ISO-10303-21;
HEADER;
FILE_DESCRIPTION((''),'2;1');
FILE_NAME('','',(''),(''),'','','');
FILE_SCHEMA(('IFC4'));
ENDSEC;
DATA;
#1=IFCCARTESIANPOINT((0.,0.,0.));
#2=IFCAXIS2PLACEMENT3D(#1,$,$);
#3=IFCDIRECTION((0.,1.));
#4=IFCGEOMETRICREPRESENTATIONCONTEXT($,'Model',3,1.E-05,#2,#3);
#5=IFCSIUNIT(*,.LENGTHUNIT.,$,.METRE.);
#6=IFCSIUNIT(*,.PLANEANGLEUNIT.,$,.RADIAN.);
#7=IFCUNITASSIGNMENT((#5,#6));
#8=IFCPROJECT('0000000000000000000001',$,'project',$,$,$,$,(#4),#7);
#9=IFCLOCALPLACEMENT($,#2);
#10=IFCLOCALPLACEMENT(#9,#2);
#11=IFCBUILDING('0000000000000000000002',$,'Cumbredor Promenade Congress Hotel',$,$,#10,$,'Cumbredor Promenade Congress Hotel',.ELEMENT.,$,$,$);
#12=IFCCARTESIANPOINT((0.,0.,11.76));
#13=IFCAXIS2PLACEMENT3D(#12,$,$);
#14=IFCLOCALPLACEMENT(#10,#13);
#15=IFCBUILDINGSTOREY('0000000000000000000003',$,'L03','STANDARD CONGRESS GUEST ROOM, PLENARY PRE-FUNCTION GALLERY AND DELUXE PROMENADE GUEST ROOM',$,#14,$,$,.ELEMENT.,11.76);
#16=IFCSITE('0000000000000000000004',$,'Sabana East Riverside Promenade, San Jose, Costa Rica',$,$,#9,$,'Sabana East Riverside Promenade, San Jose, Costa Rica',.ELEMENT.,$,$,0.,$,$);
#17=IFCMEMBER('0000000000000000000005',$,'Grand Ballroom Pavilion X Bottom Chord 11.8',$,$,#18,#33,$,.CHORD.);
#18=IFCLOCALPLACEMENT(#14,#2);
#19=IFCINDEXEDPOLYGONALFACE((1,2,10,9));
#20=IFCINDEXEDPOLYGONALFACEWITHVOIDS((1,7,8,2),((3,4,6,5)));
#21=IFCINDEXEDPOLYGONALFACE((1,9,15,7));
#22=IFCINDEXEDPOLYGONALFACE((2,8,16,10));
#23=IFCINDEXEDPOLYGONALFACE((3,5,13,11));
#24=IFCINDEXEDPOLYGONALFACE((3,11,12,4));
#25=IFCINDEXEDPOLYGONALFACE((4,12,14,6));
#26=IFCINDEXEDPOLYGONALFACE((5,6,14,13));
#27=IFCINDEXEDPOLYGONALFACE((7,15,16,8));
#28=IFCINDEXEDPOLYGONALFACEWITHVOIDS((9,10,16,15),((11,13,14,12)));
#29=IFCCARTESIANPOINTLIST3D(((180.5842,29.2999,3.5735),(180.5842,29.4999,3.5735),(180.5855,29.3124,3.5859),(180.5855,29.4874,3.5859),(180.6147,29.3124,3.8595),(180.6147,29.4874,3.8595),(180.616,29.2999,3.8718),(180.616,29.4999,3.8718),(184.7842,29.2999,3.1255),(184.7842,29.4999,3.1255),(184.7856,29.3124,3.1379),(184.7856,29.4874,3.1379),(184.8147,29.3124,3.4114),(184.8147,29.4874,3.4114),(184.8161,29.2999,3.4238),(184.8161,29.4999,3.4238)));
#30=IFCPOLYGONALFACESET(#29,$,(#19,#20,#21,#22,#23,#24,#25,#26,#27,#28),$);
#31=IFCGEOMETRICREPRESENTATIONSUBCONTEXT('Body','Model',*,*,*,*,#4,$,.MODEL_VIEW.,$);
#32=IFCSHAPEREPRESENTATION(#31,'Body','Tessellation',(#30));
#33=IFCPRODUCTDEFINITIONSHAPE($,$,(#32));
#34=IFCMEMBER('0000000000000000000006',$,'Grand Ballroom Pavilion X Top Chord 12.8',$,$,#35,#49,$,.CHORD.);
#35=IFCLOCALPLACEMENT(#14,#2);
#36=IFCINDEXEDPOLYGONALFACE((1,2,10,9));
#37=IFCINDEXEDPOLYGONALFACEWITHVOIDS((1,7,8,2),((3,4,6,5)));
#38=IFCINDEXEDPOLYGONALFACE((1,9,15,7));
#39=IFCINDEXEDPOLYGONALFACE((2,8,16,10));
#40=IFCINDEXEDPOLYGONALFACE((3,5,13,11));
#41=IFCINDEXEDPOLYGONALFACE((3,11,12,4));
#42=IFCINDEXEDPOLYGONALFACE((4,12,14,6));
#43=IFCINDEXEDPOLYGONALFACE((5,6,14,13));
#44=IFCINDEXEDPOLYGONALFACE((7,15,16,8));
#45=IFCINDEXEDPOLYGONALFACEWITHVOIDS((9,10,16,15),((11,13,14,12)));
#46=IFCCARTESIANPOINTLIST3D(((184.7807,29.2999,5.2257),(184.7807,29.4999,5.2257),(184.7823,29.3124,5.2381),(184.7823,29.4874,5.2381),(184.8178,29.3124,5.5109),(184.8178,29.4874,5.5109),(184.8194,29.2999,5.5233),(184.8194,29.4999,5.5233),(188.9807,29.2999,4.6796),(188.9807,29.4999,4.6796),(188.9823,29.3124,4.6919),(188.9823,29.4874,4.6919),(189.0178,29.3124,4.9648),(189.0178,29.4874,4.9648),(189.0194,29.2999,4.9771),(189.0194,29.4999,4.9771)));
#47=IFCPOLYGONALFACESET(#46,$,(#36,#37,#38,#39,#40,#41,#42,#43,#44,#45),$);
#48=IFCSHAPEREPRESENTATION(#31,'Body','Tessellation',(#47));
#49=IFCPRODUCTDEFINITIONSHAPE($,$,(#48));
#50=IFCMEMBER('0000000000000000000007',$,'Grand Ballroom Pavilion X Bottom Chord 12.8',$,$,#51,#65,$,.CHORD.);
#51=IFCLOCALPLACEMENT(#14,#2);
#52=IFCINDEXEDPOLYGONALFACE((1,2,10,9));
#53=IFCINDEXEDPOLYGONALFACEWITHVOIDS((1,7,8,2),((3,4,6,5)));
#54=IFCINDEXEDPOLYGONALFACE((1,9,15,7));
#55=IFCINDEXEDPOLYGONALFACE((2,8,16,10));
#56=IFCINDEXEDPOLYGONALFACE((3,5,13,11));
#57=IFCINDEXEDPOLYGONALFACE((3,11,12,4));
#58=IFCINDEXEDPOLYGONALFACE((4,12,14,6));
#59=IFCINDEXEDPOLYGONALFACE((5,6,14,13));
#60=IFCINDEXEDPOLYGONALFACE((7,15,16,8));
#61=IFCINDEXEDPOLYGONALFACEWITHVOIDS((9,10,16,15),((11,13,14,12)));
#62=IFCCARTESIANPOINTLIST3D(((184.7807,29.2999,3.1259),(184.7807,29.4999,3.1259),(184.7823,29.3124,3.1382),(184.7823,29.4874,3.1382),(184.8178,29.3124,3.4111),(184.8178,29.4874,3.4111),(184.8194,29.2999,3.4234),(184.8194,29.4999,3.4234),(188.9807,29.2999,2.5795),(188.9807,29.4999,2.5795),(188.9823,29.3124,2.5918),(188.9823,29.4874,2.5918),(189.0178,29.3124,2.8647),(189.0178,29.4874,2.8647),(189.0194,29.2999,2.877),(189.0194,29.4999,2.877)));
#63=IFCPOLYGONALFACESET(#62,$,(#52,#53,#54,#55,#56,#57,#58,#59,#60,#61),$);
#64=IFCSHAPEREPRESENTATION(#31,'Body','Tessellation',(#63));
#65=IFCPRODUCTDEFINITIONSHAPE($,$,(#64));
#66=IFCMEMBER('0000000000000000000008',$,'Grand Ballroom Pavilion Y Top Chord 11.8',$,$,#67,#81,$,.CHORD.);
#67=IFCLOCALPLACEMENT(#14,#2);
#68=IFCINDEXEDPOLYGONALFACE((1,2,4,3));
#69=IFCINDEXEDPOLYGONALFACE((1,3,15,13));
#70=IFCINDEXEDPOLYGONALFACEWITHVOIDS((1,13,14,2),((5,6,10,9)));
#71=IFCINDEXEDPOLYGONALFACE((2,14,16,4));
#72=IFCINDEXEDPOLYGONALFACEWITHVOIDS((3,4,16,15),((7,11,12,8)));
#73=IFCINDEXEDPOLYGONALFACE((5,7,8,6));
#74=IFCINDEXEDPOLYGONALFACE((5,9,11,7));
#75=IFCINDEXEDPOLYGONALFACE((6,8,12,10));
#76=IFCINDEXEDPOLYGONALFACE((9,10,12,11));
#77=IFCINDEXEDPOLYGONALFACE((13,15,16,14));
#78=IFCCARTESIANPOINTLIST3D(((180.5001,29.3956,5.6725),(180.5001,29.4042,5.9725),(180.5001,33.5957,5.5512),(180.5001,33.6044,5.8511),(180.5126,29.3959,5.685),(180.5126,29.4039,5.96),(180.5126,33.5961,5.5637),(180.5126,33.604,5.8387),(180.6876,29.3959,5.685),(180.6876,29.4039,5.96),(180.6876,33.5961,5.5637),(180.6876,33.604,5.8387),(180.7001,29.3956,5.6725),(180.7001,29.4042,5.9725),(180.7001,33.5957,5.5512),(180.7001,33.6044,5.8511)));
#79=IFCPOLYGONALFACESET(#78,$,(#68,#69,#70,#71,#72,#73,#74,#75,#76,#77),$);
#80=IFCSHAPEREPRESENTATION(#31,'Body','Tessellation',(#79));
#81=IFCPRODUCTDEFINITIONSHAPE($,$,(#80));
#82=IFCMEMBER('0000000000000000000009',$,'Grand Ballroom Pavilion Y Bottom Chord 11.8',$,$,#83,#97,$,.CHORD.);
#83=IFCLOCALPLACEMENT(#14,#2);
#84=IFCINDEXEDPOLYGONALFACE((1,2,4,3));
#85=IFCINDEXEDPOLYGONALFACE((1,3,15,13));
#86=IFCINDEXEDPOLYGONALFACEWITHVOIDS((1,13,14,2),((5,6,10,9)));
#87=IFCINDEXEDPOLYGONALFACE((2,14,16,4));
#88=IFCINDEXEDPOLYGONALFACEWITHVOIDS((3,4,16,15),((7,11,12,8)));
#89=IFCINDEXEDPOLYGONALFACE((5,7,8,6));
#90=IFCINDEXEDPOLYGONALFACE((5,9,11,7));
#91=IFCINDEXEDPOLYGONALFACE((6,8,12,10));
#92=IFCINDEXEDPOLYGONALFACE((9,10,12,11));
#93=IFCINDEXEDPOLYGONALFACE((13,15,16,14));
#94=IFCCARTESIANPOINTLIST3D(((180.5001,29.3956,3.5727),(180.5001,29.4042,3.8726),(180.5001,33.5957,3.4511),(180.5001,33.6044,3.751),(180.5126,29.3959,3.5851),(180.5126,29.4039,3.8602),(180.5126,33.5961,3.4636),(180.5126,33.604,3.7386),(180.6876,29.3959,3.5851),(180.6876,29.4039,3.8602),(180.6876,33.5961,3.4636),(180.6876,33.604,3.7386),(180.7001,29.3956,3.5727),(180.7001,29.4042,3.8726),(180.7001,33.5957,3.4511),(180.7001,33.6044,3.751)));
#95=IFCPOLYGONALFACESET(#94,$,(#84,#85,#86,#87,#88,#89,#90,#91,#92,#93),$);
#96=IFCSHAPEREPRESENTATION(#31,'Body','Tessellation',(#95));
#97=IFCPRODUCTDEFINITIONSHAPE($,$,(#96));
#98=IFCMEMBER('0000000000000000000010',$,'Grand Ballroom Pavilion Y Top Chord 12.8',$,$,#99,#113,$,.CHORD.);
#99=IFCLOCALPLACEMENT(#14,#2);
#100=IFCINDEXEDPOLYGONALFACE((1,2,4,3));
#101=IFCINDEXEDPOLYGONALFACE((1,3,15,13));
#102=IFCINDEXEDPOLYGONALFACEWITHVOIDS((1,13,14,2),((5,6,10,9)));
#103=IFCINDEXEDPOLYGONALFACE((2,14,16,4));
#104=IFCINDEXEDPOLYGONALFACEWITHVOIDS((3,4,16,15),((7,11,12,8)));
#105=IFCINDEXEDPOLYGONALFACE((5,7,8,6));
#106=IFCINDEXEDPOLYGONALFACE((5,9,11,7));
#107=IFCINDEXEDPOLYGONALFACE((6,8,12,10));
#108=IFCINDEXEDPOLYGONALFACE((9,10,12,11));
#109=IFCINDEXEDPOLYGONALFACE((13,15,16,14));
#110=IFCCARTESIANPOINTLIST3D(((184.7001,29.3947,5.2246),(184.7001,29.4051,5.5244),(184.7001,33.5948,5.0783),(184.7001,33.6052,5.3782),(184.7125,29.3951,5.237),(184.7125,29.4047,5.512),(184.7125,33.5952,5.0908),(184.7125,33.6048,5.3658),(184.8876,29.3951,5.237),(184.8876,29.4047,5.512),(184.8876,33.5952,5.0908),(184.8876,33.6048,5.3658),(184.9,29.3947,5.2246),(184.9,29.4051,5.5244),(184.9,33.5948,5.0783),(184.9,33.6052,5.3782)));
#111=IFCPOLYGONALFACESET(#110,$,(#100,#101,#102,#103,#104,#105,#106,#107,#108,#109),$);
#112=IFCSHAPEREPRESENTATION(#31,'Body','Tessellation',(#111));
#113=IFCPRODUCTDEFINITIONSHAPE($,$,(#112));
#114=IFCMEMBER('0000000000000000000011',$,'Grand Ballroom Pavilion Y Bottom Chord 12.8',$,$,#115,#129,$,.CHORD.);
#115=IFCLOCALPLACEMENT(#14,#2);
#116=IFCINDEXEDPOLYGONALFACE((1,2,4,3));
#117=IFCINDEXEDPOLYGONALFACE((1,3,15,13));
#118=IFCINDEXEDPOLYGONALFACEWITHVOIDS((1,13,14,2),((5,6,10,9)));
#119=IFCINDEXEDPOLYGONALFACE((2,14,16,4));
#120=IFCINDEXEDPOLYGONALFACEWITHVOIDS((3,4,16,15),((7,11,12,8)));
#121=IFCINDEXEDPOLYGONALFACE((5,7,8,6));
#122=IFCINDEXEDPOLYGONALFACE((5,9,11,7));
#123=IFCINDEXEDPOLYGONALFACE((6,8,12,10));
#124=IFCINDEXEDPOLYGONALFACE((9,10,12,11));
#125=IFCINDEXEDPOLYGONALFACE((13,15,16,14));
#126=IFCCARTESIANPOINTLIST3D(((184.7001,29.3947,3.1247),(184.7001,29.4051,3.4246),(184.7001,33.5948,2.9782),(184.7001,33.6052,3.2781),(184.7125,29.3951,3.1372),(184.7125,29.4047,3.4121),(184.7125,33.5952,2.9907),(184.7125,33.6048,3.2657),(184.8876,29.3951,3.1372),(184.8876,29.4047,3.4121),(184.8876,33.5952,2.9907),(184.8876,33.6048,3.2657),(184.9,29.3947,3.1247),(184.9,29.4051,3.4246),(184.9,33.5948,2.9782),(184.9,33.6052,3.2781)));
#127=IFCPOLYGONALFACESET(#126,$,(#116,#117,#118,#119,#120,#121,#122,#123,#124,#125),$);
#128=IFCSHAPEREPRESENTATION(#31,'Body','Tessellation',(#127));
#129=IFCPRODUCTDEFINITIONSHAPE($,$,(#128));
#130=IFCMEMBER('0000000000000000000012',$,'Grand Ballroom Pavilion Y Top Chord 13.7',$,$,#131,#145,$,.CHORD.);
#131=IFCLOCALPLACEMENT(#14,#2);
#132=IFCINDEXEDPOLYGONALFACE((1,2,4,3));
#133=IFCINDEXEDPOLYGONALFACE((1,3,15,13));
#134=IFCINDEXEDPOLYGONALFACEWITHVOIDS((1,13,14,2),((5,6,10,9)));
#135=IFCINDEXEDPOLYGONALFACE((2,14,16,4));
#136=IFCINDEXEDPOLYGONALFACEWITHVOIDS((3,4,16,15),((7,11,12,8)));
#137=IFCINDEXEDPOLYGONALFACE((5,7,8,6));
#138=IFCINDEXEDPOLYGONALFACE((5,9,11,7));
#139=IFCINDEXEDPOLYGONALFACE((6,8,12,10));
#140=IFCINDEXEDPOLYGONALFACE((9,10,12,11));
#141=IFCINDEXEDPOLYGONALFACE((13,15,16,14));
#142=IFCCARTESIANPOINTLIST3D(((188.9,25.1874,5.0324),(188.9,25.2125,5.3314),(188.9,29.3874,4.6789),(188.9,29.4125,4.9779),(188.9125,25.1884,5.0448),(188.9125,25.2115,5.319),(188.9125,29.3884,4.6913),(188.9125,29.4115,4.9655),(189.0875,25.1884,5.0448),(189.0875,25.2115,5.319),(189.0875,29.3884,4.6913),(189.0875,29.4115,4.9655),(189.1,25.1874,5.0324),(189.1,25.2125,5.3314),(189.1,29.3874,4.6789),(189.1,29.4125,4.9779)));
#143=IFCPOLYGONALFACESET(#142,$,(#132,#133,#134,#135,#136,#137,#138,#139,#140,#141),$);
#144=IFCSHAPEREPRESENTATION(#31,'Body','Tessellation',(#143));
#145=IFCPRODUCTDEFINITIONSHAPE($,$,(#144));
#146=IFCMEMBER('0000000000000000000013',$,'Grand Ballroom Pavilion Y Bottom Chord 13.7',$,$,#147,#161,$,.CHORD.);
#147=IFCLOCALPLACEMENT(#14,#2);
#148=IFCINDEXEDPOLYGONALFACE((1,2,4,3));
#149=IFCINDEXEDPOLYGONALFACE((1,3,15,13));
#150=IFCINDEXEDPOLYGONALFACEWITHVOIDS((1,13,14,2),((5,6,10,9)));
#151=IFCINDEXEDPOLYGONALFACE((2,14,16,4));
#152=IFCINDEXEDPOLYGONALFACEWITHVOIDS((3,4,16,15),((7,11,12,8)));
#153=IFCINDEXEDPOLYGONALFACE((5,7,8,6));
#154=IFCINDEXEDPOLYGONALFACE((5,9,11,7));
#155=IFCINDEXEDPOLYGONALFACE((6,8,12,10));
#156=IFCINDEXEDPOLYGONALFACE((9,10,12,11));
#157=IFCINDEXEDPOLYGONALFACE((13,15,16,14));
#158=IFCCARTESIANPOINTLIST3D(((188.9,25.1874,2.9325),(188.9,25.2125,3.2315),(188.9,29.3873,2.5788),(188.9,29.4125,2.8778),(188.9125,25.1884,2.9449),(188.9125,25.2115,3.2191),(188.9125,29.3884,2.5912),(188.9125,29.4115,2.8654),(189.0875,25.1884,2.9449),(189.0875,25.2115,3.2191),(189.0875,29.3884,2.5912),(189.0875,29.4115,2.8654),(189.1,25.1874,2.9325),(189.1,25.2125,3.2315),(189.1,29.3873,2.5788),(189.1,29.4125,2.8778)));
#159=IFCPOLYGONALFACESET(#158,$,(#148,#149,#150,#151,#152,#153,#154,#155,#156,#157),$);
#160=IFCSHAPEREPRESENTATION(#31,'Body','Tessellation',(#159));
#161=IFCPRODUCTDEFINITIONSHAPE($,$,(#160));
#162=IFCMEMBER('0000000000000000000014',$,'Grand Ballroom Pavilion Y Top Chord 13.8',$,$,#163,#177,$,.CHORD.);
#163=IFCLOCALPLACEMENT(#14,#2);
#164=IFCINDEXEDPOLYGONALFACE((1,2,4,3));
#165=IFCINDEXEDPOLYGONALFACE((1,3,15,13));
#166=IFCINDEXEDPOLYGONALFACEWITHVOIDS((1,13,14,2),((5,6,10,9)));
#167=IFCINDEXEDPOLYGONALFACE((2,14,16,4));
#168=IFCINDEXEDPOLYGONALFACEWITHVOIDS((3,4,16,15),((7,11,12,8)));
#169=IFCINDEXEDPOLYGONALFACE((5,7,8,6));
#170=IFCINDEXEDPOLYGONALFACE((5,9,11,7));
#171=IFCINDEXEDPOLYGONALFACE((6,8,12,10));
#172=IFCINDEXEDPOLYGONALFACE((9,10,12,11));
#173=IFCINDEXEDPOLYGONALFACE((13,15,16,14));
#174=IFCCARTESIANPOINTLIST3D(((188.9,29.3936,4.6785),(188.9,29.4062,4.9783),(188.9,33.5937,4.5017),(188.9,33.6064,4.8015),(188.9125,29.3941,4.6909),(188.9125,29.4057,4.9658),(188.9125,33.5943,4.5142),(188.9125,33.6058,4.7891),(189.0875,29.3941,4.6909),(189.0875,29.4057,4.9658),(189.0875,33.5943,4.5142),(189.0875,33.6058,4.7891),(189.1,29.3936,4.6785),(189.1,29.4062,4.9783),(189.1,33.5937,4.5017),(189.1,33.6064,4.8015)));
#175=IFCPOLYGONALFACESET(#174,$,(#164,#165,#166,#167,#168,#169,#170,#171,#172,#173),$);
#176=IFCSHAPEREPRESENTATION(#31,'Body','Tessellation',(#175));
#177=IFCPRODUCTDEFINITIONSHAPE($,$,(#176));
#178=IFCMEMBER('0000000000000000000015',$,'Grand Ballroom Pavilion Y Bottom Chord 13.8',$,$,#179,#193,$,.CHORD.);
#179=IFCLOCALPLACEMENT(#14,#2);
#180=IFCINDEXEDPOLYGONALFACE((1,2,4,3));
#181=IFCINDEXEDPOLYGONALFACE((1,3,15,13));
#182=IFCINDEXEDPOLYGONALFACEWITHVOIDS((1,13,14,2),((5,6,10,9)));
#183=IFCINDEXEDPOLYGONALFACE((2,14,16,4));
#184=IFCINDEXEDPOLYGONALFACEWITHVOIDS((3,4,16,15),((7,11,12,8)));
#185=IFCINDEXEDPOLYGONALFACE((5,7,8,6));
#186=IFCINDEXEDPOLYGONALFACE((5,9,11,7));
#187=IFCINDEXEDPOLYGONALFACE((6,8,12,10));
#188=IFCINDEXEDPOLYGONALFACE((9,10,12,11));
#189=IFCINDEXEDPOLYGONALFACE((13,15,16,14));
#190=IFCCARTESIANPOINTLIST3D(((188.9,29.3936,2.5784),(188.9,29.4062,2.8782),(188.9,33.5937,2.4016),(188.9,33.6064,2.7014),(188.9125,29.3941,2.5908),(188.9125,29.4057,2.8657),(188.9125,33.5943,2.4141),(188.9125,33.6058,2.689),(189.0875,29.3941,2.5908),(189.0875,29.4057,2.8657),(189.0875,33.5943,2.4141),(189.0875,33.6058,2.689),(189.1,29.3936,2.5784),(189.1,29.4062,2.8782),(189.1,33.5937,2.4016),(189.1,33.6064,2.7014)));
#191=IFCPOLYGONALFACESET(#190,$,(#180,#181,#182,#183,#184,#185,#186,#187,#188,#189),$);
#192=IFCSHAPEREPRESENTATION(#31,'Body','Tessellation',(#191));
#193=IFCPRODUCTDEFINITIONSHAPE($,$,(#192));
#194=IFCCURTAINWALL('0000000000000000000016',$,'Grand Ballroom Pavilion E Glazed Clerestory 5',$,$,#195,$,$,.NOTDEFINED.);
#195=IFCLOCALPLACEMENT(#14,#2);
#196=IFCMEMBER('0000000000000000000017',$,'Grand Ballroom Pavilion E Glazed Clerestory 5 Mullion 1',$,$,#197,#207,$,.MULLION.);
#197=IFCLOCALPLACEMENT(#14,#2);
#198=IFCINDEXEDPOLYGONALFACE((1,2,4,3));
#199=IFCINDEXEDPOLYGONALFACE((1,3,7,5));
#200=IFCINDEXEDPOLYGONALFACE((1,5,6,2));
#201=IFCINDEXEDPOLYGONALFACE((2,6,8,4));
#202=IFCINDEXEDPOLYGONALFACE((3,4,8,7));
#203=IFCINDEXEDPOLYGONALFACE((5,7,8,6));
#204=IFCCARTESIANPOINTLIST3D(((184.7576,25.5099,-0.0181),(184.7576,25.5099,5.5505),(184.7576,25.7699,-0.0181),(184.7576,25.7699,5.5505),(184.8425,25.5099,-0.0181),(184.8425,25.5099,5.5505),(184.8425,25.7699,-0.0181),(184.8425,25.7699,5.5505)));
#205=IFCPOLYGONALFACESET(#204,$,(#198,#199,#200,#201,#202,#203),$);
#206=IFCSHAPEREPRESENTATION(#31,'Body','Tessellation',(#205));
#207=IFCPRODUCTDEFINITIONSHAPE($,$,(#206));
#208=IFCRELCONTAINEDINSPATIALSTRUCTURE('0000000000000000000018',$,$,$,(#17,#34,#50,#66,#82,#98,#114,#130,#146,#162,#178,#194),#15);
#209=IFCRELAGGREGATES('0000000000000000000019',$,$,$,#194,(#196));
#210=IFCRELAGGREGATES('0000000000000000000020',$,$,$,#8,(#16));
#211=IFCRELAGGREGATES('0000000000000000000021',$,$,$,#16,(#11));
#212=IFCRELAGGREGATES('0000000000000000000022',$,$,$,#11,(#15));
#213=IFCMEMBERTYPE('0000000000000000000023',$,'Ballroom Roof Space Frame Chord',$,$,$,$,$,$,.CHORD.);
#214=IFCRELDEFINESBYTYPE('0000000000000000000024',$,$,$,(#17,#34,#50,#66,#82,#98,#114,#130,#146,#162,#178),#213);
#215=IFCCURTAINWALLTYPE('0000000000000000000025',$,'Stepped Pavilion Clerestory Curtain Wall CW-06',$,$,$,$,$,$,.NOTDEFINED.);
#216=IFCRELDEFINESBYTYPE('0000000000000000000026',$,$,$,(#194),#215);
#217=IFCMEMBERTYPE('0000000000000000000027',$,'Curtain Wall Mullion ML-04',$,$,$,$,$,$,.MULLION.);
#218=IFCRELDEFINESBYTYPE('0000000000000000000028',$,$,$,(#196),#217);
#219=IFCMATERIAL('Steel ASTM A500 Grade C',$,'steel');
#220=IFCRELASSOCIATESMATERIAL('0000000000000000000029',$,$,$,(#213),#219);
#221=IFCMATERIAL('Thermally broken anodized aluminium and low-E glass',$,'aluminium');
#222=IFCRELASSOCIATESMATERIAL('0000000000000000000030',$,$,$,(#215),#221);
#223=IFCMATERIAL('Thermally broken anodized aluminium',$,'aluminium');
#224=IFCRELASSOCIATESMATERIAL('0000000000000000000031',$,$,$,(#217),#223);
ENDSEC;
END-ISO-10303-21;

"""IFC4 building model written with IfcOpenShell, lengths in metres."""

from ifc_helpers import new_model, si_unit, direction, frame, origin, origin_2d, place, context, subcontext, project, spatial, rectangle, hollow_rectangle, extrude, material, material_profile, profile_set, type_object, element, aggregate, save


model = new_model("IFC4")

# Units and contexts
model_context = context("Model", 3, precision=1e-05, world=origin(), true_north=direction((0.0, 1.0)))
body_context = subcontext(model_context, "Body", "Model", "MODEL_VIEW")
ifc_project = project(units=[si_unit("LENGTHUNIT", "METRE"), si_unit("PLANEANGLEUNIT", "RADIAN")], contexts=[model_context])

# Site, building, storey
site_placement = place(None, origin())
site = spatial("IfcSite", under=ifc_project, at=site_placement, Name="Sabana East Riverside Promenade, San Jose, Costa Rica", LongName="Sabana East Riverside Promenade, San Jose, Costa Rica", CompositionType="ELEMENT", RefElevation=0.0)
building_placement = place(site_placement, origin())
building = spatial("IfcBuilding", under=site, at=building_placement, Name="Cumbredor Promenade Congress Hotel", LongName="Cumbredor Promenade Congress Hotel", CompositionType="ELEMENT")
storey_placement = place(building_placement, frame((0.0, 0.0, 11.76)))
storey = spatial("IfcBuildingStorey", under=building, at=storey_placement, Name="L03", Description="STANDARD CONGRESS GUEST ROOM, PLENARY PRE-FUNCTION GALLERY AND DELUXE PROMENADE GUEST ROOM", CompositionType="ELEMENT", Elevation=11.76)

# Members
ifc_material_1 = material(Name="Steel ASTM A500 Grade C", Category="steel")
ifc_material_profile_1 = material_profile(ifc_material_1, hollow_rectangle(XDim=0.2, YDim=0.3, WallThickness=0.0125, at=origin_2d()), Name="HSS 300x200x12.5")
ifc_profile_set_1 = profile_set([ifc_material_profile_1], Name="Steel ASTM A500 Grade C")
member_type_1 = type_object("IfcMemberType", Name="Ballroom Roof Space Frame Chord", PredefinedType="CHORD", material=ifc_profile_set_1)
member_1_placement = place(storey_placement, frame((180.6001, 29.3999, 3.7227), z_axis=(0.994359, 0.0, -0.106066), x_axis=(0.0, 1.0, 0.0)))
element("IfcMember", 1, at=member_1_placement, inside=storey, type_object=member_type_1, Name="Grand Ballroom Pavilion X Bottom Chord 11.8", PredefinedType="CHORD", context=body_context, shape_type="SweptSolid", body=[
    extrude(hollow_rectangle(XDim=0.2, YDim=0.3, WallThickness=0.0125, at=origin_2d()), origin(), (0.0, 0.0, 1.0), 4.2239),
])
for number, where, z_axis, x_axis, name in (
    (2, (184.8, 29.3999, 5.3745), (0.991651, 0.0, -0.12895), (0.0, 1.0, 0.0), "Grand Ballroom Pavilion X Top Chord 12.8"),
    (3, (184.8, 29.3999, 3.2747), (0.991644, 0.0, -0.129006), (0.0, 1.0, 0.0), "Grand Ballroom Pavilion X Bottom Chord 12.8"),
):
    element("IfcMember", number, at=place(storey_placement, frame(where, z_axis=z_axis, x_axis=x_axis)), inside=storey, type_object=member_type_1, Name=name, PredefinedType="CHORD", context=body_context, shape_type="SweptSolid", body=[
        extrude(hollow_rectangle(XDim=0.2, YDim=0.3, WallThickness=0.0125, at=origin_2d()), origin(), (0.0, 0.0, 1.0), 4.2354),
    ])
for number, where, z_axis, x_axis, name in (
    (4, (180.6001, 29.3999, 5.8225), (0.0, 0.999583, -0.028877), (-1.0, 0.0, 0.0), "Grand Ballroom Pavilion Y Top Chord 11.8"),
    (5, (180.6001, 29.3999, 3.7227), (0.0, 0.999581, -0.028935), (-1.0, 0.0, 0.0), "Grand Ballroom Pavilion Y Bottom Chord 11.8"),
):
    element("IfcMember", number, at=place(storey_placement, frame(where, z_axis=z_axis, x_axis=x_axis)), inside=storey, type_object=member_type_1, Name=name, PredefinedType="CHORD", context=body_context, shape_type="SweptSolid", body=[
        extrude(hollow_rectangle(XDim=0.2, YDim=0.3, WallThickness=0.0125, at=origin_2d()), origin(), (0.0, 0.0, 1.0), 4.2019),
    ])
for number, where, z_axis, x_axis, name in (
    (6, (184.8, 29.3999, 5.3745), (0.0, 0.999394, -0.034796), (-1.0, 0.0, 0.0), "Grand Ballroom Pavilion Y Top Chord 12.8"),
    (7, (184.8, 29.3999, 3.2747), (0.0, 0.999392, -0.034854), (-1.0, 0.0, 0.0), "Grand Ballroom Pavilion Y Bottom Chord 12.8"),
):
    element("IfcMember", number, at=place(storey_placement, frame(where, z_axis=z_axis, x_axis=x_axis)), inside=storey, type_object=member_type_1, Name=name, PredefinedType="CHORD", context=body_context, shape_type="SweptSolid", body=[
        extrude(hollow_rectangle(XDim=0.2, YDim=0.3, WallThickness=0.0125, at=origin_2d()), origin(), (0.0, 0.0, 1.0), 4.2026),
    ])
for number, where, z_axis, x_axis, name in (
    (8, (189.0, 25.2, 5.1819), (0.0, 0.996476, -0.083875), (-1.0, 0.0, 0.0), "Grand Ballroom Pavilion Y Top Chord 13.7"),
    (9, (189.0, 25.2, 3.082), (0.0, 0.996471, -0.083932), (-1.0, 0.0, 0.0), "Grand Ballroom Pavilion Y Bottom Chord 13.7"),
):
    element("IfcMember", number, at=place(storey_placement, frame(where, z_axis=z_axis, x_axis=x_axis)), inside=storey, type_object=member_type_1, Name=name, PredefinedType="CHORD", context=body_context, shape_type="SweptSolid", body=[
        extrude(hollow_rectangle(XDim=0.2, YDim=0.3, WallThickness=0.0125, at=origin_2d()), origin(), (0.0, 0.0, 1.0), 4.2148),
    ])
for number, where, z_axis, x_axis, name in (
    (10, (189.0, 29.3999, 4.8284), (0.0, 0.999116, -0.042046), (-1.0, 0.0, 0.0), "Grand Ballroom Pavilion Y Top Chord 13.8"),
    (11, (189.0, 29.3999, 2.7283), (0.0, 0.999116, -0.042046), (-1.0, 0.0, 0.0), "Grand Ballroom Pavilion Y Bottom Chord 13.8"),
):
    element("IfcMember", number, at=place(storey_placement, frame(where, z_axis=z_axis, x_axis=x_axis)), inside=storey, type_object=member_type_1, Name=name, PredefinedType="CHORD", context=body_context, shape_type="SweptSolid", body=[
        extrude(hollow_rectangle(XDim=0.2, YDim=0.3, WallThickness=0.0125, at=origin_2d()), origin(), (0.0, 0.0, 1.0), 4.2039),
    ])

# Curtain wall, member
ifc_material_2 = material(Name="Thermally broken anodized aluminium and low-E glass", Category="aluminium")
curtain_wall_type = type_object("IfcCurtainWallType", Name="Stepped Pavilion Clerestory Curtain Wall CW-06", PredefinedType="NOTDEFINED", material=ifc_material_2)
curtain_wall_1_placement = place(storey_placement, origin())
curtain_wall_1 = element("IfcCurtainWall", 12, at=curtain_wall_1_placement, inside=storey, type_object=curtain_wall_type, Name="Grand Ballroom Pavilion E Glazed Clerestory 5", PredefinedType="NOTDEFINED")
ifc_material_3 = material(Name="Thermally broken anodized aluminium", Category="aluminium")
ifc_material_profile_2 = material_profile(ifc_material_3, rectangle(XDim=0.085, YDim=0.26, at=origin_2d()), Name="ALU MULLION CLERESTORY 85x260")
ifc_profile_set_2 = profile_set([ifc_material_profile_2], Name="Thermally broken anodized aluminium")
member_type_2 = type_object("IfcMemberType", Name="Curtain Wall Mullion ML-04", PredefinedType="MULLION", material=ifc_profile_set_2)
member_2_placement = place(storey_placement, frame((184.8, 25.6399, -0.0181), z_axis=(0.0, 0.0, 1.0), x_axis=(1.0, 0.0, 0.0)))
member_2 = element("IfcMember", 13, at=member_2_placement, type_object=member_type_2, Name="Grand Ballroom Pavilion E Glazed Clerestory 5 Mullion 1", PredefinedType="MULLION", context=body_context, shape_type="SweptSolid", body=[
    extrude(rectangle(XDim=0.085, YDim=0.26, at=origin_2d()), origin(), (0.0, 0.0, 1.0), 5.5686),
])

aggregate(curtain_wall_1, [member_2])

save(model, "model.ifc")
